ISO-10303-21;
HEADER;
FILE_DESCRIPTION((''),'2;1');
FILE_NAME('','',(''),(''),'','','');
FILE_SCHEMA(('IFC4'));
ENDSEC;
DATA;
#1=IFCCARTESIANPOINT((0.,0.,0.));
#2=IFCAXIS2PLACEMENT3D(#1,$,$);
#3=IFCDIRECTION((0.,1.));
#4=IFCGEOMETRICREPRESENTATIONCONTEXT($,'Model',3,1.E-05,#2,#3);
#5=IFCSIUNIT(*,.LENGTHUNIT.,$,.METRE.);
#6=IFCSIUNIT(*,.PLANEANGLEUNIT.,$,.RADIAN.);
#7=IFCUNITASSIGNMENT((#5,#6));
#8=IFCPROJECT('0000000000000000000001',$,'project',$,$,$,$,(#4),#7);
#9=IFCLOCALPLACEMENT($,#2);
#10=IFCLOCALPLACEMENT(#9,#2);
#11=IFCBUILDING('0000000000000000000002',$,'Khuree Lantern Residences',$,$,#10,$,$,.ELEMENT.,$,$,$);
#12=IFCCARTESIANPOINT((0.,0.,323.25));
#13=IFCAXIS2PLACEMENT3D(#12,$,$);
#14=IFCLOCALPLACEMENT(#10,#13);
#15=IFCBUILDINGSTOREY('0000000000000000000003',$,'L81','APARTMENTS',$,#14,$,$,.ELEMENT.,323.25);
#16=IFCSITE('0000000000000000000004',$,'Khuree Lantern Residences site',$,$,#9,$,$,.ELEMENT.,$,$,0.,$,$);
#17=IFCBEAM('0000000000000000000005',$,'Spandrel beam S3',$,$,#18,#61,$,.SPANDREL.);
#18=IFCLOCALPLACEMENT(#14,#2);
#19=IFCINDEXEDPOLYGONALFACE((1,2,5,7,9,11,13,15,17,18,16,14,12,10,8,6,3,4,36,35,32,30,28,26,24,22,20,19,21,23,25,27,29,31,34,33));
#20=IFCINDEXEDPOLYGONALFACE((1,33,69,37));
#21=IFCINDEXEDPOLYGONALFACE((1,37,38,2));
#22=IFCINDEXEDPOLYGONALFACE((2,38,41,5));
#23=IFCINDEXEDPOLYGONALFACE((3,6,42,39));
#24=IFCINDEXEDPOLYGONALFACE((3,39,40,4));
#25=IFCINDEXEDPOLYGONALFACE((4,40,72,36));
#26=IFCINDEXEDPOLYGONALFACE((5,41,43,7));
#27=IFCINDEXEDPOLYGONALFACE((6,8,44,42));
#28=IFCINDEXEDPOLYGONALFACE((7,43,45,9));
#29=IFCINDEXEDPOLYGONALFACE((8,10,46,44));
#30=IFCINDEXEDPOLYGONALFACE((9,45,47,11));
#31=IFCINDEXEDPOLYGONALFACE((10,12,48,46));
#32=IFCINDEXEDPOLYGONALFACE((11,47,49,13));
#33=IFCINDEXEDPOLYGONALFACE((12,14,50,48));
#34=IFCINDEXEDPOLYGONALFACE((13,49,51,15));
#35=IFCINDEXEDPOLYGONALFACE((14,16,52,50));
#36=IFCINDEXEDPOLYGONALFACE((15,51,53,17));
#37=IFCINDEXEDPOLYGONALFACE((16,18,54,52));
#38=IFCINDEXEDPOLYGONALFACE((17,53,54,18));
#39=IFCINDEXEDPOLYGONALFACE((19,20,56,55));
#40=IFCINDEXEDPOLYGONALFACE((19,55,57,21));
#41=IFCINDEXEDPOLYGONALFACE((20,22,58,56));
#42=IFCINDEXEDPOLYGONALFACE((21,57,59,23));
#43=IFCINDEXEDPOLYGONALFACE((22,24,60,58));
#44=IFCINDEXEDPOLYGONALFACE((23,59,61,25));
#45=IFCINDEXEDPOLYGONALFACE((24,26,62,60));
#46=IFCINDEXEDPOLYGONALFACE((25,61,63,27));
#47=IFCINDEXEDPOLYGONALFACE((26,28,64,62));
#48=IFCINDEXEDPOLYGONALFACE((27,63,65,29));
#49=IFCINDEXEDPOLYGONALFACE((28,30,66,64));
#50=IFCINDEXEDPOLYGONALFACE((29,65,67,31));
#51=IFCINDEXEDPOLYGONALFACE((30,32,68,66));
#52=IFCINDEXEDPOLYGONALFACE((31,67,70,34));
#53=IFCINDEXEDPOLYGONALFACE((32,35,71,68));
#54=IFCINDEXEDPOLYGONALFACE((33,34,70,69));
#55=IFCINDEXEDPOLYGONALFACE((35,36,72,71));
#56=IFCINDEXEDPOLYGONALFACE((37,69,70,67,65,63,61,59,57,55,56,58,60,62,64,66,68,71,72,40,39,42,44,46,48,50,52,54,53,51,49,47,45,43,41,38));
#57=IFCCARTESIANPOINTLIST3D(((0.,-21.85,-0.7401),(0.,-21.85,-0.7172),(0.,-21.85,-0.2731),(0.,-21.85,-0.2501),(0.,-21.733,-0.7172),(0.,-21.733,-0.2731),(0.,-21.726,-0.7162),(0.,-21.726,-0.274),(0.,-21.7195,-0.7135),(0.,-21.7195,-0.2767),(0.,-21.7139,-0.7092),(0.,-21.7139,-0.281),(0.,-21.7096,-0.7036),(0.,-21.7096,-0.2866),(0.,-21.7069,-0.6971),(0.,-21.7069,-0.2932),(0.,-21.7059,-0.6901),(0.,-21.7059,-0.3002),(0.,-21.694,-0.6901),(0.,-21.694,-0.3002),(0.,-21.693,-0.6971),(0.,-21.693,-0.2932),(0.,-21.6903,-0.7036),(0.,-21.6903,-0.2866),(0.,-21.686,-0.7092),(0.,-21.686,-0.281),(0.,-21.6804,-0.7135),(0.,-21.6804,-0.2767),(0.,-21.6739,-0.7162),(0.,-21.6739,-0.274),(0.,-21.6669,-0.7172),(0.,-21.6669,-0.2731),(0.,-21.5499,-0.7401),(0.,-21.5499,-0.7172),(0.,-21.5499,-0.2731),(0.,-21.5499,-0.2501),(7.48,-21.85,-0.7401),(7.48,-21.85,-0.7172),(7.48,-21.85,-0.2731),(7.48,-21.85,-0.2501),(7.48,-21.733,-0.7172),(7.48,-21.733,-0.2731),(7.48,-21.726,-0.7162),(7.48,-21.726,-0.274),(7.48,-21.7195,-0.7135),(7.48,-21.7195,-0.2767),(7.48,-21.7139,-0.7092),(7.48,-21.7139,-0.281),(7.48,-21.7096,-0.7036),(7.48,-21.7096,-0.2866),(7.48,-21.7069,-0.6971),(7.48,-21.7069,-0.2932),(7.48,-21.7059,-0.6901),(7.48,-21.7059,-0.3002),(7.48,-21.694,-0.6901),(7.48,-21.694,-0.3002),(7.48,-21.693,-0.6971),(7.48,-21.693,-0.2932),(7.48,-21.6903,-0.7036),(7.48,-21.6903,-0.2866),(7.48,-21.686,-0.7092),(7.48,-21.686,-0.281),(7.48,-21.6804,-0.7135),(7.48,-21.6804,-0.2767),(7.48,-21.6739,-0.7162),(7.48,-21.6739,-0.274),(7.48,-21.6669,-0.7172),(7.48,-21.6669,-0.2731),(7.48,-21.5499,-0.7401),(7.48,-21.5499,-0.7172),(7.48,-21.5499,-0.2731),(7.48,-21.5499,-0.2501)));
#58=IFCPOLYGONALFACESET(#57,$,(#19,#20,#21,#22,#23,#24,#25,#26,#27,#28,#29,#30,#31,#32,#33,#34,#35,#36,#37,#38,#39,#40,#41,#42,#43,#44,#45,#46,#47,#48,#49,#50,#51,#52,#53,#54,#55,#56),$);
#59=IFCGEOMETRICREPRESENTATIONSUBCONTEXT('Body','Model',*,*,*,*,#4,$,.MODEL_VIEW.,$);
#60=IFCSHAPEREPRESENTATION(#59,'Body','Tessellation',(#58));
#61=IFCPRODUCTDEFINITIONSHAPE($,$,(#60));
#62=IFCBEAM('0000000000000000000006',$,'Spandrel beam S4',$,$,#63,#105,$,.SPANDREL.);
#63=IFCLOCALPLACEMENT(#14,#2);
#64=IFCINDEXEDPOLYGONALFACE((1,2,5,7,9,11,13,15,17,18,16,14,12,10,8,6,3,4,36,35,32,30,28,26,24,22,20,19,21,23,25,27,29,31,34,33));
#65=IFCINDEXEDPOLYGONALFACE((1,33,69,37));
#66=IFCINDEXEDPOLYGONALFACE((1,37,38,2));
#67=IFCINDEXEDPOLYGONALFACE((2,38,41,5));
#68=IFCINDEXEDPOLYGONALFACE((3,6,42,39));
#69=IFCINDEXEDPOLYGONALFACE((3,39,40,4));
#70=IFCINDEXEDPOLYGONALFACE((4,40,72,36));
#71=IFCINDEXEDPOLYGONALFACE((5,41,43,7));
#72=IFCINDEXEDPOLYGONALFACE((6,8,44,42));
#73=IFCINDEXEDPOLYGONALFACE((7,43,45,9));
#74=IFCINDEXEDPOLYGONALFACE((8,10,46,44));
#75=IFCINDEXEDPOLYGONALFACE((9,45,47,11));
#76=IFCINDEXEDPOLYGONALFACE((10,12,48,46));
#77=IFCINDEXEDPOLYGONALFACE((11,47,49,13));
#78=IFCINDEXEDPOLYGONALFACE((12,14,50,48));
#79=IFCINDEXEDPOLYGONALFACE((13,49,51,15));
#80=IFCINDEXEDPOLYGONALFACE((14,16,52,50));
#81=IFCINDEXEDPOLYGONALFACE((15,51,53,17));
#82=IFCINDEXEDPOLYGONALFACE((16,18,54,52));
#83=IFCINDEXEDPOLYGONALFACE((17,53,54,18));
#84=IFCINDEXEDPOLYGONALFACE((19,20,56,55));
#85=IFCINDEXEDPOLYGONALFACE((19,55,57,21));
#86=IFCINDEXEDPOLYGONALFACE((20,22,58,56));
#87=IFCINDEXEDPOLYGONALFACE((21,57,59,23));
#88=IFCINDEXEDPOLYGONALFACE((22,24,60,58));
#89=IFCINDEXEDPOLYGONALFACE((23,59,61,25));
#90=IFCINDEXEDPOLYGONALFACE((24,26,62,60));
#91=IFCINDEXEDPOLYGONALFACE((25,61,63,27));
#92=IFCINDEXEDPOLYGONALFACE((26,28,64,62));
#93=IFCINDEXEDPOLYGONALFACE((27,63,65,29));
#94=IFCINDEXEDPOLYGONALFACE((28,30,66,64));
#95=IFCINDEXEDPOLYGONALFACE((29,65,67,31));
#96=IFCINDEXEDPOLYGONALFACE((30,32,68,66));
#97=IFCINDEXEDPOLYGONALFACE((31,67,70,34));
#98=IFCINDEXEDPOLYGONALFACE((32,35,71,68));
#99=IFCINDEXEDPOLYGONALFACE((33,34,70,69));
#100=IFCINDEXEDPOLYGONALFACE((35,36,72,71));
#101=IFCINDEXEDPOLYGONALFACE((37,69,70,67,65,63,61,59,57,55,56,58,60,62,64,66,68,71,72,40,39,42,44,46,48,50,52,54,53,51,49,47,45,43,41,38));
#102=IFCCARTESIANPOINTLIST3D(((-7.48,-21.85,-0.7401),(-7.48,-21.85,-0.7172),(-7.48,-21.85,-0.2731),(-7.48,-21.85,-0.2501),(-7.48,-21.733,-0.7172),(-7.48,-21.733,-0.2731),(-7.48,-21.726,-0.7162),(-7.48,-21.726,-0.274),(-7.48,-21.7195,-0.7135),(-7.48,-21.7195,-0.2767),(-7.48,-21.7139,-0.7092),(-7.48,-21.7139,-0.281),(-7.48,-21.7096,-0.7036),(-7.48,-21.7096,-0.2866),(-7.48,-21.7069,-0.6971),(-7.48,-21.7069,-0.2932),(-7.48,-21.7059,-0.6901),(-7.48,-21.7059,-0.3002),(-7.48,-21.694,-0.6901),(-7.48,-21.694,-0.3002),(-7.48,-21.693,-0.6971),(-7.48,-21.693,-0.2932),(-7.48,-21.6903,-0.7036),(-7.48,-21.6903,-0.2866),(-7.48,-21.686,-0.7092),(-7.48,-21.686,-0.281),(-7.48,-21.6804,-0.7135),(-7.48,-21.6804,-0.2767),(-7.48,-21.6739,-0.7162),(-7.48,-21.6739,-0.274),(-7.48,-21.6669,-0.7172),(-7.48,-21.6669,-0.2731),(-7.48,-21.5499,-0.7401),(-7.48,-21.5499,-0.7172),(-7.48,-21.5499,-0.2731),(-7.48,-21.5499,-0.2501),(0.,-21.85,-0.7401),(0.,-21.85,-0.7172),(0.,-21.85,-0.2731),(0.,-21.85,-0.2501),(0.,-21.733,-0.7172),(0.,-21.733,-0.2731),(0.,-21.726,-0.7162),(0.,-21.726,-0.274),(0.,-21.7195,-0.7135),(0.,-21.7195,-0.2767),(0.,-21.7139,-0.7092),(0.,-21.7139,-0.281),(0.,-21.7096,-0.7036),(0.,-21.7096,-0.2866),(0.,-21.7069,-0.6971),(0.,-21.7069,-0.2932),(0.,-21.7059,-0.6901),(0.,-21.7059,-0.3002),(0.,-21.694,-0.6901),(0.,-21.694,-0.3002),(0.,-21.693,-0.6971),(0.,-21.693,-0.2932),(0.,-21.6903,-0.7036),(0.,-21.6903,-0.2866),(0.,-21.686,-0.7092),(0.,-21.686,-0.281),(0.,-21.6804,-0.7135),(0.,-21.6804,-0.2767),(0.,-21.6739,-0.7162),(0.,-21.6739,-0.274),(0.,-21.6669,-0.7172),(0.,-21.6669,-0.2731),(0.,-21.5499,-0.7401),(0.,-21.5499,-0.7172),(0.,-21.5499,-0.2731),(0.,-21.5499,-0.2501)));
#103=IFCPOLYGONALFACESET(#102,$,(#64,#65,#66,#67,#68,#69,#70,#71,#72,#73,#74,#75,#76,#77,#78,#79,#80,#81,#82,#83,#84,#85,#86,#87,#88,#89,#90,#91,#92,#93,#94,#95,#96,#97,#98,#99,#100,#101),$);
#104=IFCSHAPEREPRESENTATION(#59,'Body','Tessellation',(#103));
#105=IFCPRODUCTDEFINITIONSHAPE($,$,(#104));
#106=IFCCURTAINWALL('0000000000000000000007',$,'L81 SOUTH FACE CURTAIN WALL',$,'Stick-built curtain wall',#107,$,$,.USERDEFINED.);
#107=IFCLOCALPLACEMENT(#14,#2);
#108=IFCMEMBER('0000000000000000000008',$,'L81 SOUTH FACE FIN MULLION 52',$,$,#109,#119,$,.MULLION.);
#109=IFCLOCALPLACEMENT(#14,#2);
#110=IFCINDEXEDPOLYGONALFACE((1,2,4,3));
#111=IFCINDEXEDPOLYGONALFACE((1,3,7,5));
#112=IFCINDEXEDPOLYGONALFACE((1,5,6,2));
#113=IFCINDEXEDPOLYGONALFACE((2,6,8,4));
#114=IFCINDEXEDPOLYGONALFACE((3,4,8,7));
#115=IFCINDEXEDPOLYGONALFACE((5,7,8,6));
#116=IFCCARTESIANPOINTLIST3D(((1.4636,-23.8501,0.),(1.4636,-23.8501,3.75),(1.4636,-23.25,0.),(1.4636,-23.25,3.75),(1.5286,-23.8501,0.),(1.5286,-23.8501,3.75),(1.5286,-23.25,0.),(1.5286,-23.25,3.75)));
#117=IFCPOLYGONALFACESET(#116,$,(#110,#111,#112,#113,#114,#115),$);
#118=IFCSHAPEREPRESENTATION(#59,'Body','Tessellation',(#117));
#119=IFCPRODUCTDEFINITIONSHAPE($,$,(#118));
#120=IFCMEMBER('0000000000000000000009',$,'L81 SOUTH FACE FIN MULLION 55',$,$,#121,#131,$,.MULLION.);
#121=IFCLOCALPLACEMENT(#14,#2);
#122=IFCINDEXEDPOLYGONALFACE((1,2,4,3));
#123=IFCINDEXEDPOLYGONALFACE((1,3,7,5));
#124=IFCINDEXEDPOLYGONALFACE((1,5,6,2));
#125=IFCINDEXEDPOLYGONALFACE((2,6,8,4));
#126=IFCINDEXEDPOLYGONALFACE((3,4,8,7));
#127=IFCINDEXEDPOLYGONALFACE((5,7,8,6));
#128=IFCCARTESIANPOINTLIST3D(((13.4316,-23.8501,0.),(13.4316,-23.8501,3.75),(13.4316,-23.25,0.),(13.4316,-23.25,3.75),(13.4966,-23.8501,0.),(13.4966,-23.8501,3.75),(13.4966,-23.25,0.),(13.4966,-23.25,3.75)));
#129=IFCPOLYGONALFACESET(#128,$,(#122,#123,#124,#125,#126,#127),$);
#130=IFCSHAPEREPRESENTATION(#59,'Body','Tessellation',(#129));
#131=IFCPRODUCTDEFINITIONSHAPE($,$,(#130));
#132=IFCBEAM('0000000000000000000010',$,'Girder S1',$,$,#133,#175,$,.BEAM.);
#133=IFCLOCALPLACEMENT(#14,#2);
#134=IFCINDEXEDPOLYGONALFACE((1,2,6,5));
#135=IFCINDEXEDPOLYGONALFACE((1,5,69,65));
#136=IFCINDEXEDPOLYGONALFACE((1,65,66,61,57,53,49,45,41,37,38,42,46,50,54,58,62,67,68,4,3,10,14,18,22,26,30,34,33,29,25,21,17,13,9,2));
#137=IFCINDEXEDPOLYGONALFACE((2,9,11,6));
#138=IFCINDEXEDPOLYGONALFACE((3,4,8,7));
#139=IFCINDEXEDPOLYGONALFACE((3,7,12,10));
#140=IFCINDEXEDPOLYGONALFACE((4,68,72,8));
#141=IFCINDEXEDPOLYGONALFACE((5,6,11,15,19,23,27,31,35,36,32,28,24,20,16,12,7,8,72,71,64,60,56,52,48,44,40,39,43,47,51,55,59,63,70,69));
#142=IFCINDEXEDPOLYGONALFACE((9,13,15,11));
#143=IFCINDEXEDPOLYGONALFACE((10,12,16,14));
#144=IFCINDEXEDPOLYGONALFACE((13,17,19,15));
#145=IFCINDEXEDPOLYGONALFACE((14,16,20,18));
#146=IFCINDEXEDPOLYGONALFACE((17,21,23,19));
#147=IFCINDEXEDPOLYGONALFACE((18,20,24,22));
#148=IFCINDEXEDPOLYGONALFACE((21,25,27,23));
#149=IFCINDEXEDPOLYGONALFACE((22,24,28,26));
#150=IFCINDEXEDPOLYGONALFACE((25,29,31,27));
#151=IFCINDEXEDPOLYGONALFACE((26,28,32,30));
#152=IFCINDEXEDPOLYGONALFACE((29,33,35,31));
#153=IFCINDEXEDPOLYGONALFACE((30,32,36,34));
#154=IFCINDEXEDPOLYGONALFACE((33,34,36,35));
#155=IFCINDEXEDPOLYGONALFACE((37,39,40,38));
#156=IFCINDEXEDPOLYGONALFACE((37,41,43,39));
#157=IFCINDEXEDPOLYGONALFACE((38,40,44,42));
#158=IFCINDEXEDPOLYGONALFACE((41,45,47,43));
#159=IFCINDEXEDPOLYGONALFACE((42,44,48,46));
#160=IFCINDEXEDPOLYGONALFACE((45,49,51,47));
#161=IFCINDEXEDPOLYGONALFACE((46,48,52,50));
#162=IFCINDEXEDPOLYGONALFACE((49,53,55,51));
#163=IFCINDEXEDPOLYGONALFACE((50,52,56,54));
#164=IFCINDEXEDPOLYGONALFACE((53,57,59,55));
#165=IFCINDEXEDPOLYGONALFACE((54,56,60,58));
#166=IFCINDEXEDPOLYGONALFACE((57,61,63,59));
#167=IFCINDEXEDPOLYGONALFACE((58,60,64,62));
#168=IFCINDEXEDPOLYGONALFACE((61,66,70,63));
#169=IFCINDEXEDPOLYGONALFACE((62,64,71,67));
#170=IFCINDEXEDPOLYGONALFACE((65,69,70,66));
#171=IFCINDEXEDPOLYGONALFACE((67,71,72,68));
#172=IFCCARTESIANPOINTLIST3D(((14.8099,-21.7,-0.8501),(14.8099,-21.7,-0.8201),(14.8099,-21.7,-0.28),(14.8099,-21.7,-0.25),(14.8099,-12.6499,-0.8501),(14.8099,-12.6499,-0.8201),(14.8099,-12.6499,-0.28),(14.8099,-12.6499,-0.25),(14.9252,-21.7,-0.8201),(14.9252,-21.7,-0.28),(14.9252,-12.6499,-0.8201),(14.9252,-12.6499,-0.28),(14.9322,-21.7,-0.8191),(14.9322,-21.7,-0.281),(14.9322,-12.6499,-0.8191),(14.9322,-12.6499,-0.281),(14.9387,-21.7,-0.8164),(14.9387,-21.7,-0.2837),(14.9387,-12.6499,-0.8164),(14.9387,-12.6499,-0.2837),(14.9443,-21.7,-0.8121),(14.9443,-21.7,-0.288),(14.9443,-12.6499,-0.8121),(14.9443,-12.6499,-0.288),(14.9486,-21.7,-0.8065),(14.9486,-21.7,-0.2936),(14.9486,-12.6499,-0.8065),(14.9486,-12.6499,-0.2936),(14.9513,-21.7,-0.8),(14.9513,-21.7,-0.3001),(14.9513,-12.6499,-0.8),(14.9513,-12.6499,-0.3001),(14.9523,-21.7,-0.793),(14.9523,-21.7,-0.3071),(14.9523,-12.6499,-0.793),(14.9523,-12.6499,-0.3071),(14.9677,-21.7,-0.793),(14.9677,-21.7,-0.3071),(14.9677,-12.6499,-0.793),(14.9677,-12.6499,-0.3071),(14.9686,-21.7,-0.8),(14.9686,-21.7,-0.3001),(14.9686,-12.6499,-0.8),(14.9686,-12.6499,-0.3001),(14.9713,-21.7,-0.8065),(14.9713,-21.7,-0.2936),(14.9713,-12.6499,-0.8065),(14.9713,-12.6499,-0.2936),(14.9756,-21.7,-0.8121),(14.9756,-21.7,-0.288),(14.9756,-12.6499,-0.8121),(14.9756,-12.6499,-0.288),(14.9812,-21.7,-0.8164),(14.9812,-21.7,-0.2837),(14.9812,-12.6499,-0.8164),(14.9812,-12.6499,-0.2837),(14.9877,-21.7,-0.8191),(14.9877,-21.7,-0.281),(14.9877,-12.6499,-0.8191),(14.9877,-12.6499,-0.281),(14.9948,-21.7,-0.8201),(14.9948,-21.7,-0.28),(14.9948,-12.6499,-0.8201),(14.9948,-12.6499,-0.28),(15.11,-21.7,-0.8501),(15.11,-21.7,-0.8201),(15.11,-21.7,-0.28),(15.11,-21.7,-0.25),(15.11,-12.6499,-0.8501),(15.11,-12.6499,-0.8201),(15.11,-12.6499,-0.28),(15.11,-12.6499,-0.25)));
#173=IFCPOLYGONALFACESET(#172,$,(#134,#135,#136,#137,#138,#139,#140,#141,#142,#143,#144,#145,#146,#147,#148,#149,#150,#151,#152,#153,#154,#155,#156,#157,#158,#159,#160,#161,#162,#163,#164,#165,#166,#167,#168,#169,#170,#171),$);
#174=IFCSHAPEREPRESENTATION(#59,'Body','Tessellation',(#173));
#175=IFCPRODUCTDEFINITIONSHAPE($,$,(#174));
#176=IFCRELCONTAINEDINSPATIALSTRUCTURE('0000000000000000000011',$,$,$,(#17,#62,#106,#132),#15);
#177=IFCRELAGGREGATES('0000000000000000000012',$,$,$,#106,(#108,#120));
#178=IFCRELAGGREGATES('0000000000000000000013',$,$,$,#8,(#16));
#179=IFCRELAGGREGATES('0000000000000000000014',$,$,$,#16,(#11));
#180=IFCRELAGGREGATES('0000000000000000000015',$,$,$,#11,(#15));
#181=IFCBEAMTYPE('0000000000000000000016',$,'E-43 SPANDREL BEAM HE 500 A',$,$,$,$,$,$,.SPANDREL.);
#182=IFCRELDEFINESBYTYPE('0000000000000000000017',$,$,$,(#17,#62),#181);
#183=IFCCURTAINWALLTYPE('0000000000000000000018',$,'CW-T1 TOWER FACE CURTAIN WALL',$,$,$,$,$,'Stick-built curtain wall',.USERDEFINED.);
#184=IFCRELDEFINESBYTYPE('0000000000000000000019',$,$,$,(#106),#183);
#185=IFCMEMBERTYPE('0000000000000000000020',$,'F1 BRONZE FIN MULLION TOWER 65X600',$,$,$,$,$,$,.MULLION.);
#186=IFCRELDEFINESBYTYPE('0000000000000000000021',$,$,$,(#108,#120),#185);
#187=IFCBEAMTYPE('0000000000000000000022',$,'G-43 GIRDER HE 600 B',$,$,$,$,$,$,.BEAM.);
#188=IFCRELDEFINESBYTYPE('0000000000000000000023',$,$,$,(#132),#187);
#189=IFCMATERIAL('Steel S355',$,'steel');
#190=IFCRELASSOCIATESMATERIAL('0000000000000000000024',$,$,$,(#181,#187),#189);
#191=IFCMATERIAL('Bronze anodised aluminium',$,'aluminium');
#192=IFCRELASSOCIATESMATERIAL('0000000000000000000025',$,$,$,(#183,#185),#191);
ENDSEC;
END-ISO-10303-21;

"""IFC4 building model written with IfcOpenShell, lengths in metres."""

from ifc_helpers import new_model, si_unit, direction, frame, origin, origin_2d, place, context, subcontext, project, spatial, rectangle, i_section, extrude, material, material_profile, profile_set, type_object, element, aggregate, save


model = new_model("IFC4")

# Units and contexts
model_context = context("Model", 3, precision=1e-05, world=origin(), true_north=direction((0.0, 1.0)))
body_context = subcontext(model_context, "Body", "Model", "MODEL_VIEW")
ifc_project = project(units=[si_unit("LENGTHUNIT", "METRE"), si_unit("PLANEANGLEUNIT", "RADIAN")], contexts=[model_context])

# Site, building, storey
site_placement = place(None, origin())
site = spatial("IfcSite", under=ifc_project, at=site_placement, Name="Khuree Lantern Residences site", CompositionType="ELEMENT", RefElevation=0.0)
building_placement = place(site_placement, origin())
building = spatial("IfcBuilding", under=site, at=building_placement, Name="Khuree Lantern Residences", CompositionType="ELEMENT")
storey_placement = place(building_placement, frame((0.0, 0.0, 323.25)))
storey = spatial("IfcBuildingStorey", under=building, at=storey_placement, Name="L81", Description="APARTMENTS", CompositionType="ELEMENT", Elevation=323.25)

# Beams
ifc_material_1 = material(Name="Steel S355", Category="steel")
ifc_material_profile_1 = material_profile(ifc_material_1, i_section(OverallWidth=0.3, OverallDepth=0.49, WebThickness=0.012, FlangeThickness=0.0229, FilletRadius=0.0271, at=origin_2d()), Name="HE 500 A")
ifc_profile_set_1 = profile_set([ifc_material_profile_1], Name="Steel S355")
beam_type_1 = type_object("IfcBeamType", Name="E-43 SPANDREL BEAM HE 500 A", PredefinedType="SPANDREL", material=ifc_profile_set_1)
for number, where, z_axis, x_axis, name in (
    (1, (7.48, -21.7, -0.4951), (-1.0, 0.0, 0.0), (0.0, -1.0, 0.0), "Spandrel beam S3"),
    (2, (0.0, -21.7, -0.4951), (-1.0, 0.0, 0.0), (0.0, -1.0, 0.0), "Spandrel beam S4"),
):
    element("IfcBeam", number, at=place(storey_placement, frame(where, z_axis=z_axis, x_axis=x_axis)), inside=storey, type_object=beam_type_1, Name=name, PredefinedType="SPANDREL", context=body_context, shape_type="SweptSolid", body=[
        extrude(i_section(OverallWidth=0.3, OverallDepth=0.49, WebThickness=0.012, FlangeThickness=0.0229, FilletRadius=0.0271, at=origin_2d()), origin(), (0.0, 0.0, 1.0), 7.48),
    ])

# Curtain wall, members
ifc_material_2 = material(Name="Bronze anodised aluminium", Category="aluminium")
curtain_wall_type = type_object("IfcCurtainWallType", Name="CW-T1 TOWER FACE CURTAIN WALL", ElementType="Stick-built curtain wall", PredefinedType="USERDEFINED", material=ifc_material_2)
curtain_wall_placement = place(storey_placement, origin())
curtain_wall = element("IfcCurtainWall", 3, at=curtain_wall_placement, inside=storey, type_object=curtain_wall_type, Name="L81 SOUTH FACE CURTAIN WALL", ObjectType="Stick-built curtain wall", PredefinedType="USERDEFINED")
ifc_material_profile_2 = material_profile(ifc_material_2, rectangle(XDim=0.0649, YDim=0.6001, at=origin_2d()), Name="F1 65X600")
ifc_profile_set_2 = profile_set([ifc_material_profile_2], Name="Bronze anodised aluminium")
member_type_1 = type_object("IfcMemberType", Name="F1 BRONZE FIN MULLION TOWER 65X600", PredefinedType="MULLION", material=ifc_profile_set_2)
member_1_placement = place(storey_placement, frame((1.4961, -23.55, 0.0), z_axis=(0.0, 0.0, 1.0), x_axis=(1.0, 0.0, 0.0)))
member_1 = element("IfcMember", 4, at=member_1_placement, type_object=member_type_1, Name="L81 SOUTH FACE FIN MULLION 52", PredefinedType="MULLION", context=body_context, shape_type="SweptSolid", body=[
    extrude(rectangle(XDim=0.0649, YDim=0.6001, at=origin_2d()), origin(), (0.0, 0.0, 1.0), 3.75),
])
member_2_placement = place(storey_placement, frame((13.4641, -23.55, 0.0), z_axis=(0.0, 0.0, 1.0), x_axis=(1.0, 0.0, 0.0)))
member_2 = element("IfcMember", 5, at=member_2_placement, type_object=member_type_1, Name="L81 SOUTH FACE FIN MULLION 55", PredefinedType="MULLION", context=body_context, shape_type="SweptSolid", body=[
    extrude(rectangle(XDim=0.0649, YDim=0.6001, at=origin_2d()), origin(), (0.0, 0.0, 1.0), 3.75),
])

# Beam
ifc_material_profile_3 = material_profile(ifc_material_1, i_section(OverallWidth=0.3, OverallDepth=0.6001, WebThickness=0.0154, FlangeThickness=0.03, FilletRadius=0.0271, at=origin_2d()), Name="HE 600 B")
ifc_profile_set_3 = profile_set([ifc_material_profile_3], Name="Steel S355")
beam_type_2 = type_object("IfcBeamType", Name="G-43 GIRDER HE 600 B", PredefinedType="BEAM", material=ifc_profile_set_3)
for number, where, z_axis, x_axis, name in (
    (6, (14.96, -21.7, -0.55), (0.0, 1.0, 0.0), (-1.0, 0.0, 0.0), "Girder S1"),
):
    element("IfcBeam", number, at=place(storey_placement, frame(where, z_axis=z_axis, x_axis=x_axis)), inside=storey, type_object=beam_type_2, Name=name, PredefinedType="BEAM", context=body_context, shape_type="SweptSolid", body=[
        extrude(i_section(OverallWidth=0.3, OverallDepth=0.6001, WebThickness=0.0154, FlangeThickness=0.03, FilletRadius=0.0271, at=origin_2d()), origin(), (0.0, 0.0, 1.0), 9.05),
    ])

aggregate(curtain_wall, [member_1, member_2])

save(model, "model.ifc")
